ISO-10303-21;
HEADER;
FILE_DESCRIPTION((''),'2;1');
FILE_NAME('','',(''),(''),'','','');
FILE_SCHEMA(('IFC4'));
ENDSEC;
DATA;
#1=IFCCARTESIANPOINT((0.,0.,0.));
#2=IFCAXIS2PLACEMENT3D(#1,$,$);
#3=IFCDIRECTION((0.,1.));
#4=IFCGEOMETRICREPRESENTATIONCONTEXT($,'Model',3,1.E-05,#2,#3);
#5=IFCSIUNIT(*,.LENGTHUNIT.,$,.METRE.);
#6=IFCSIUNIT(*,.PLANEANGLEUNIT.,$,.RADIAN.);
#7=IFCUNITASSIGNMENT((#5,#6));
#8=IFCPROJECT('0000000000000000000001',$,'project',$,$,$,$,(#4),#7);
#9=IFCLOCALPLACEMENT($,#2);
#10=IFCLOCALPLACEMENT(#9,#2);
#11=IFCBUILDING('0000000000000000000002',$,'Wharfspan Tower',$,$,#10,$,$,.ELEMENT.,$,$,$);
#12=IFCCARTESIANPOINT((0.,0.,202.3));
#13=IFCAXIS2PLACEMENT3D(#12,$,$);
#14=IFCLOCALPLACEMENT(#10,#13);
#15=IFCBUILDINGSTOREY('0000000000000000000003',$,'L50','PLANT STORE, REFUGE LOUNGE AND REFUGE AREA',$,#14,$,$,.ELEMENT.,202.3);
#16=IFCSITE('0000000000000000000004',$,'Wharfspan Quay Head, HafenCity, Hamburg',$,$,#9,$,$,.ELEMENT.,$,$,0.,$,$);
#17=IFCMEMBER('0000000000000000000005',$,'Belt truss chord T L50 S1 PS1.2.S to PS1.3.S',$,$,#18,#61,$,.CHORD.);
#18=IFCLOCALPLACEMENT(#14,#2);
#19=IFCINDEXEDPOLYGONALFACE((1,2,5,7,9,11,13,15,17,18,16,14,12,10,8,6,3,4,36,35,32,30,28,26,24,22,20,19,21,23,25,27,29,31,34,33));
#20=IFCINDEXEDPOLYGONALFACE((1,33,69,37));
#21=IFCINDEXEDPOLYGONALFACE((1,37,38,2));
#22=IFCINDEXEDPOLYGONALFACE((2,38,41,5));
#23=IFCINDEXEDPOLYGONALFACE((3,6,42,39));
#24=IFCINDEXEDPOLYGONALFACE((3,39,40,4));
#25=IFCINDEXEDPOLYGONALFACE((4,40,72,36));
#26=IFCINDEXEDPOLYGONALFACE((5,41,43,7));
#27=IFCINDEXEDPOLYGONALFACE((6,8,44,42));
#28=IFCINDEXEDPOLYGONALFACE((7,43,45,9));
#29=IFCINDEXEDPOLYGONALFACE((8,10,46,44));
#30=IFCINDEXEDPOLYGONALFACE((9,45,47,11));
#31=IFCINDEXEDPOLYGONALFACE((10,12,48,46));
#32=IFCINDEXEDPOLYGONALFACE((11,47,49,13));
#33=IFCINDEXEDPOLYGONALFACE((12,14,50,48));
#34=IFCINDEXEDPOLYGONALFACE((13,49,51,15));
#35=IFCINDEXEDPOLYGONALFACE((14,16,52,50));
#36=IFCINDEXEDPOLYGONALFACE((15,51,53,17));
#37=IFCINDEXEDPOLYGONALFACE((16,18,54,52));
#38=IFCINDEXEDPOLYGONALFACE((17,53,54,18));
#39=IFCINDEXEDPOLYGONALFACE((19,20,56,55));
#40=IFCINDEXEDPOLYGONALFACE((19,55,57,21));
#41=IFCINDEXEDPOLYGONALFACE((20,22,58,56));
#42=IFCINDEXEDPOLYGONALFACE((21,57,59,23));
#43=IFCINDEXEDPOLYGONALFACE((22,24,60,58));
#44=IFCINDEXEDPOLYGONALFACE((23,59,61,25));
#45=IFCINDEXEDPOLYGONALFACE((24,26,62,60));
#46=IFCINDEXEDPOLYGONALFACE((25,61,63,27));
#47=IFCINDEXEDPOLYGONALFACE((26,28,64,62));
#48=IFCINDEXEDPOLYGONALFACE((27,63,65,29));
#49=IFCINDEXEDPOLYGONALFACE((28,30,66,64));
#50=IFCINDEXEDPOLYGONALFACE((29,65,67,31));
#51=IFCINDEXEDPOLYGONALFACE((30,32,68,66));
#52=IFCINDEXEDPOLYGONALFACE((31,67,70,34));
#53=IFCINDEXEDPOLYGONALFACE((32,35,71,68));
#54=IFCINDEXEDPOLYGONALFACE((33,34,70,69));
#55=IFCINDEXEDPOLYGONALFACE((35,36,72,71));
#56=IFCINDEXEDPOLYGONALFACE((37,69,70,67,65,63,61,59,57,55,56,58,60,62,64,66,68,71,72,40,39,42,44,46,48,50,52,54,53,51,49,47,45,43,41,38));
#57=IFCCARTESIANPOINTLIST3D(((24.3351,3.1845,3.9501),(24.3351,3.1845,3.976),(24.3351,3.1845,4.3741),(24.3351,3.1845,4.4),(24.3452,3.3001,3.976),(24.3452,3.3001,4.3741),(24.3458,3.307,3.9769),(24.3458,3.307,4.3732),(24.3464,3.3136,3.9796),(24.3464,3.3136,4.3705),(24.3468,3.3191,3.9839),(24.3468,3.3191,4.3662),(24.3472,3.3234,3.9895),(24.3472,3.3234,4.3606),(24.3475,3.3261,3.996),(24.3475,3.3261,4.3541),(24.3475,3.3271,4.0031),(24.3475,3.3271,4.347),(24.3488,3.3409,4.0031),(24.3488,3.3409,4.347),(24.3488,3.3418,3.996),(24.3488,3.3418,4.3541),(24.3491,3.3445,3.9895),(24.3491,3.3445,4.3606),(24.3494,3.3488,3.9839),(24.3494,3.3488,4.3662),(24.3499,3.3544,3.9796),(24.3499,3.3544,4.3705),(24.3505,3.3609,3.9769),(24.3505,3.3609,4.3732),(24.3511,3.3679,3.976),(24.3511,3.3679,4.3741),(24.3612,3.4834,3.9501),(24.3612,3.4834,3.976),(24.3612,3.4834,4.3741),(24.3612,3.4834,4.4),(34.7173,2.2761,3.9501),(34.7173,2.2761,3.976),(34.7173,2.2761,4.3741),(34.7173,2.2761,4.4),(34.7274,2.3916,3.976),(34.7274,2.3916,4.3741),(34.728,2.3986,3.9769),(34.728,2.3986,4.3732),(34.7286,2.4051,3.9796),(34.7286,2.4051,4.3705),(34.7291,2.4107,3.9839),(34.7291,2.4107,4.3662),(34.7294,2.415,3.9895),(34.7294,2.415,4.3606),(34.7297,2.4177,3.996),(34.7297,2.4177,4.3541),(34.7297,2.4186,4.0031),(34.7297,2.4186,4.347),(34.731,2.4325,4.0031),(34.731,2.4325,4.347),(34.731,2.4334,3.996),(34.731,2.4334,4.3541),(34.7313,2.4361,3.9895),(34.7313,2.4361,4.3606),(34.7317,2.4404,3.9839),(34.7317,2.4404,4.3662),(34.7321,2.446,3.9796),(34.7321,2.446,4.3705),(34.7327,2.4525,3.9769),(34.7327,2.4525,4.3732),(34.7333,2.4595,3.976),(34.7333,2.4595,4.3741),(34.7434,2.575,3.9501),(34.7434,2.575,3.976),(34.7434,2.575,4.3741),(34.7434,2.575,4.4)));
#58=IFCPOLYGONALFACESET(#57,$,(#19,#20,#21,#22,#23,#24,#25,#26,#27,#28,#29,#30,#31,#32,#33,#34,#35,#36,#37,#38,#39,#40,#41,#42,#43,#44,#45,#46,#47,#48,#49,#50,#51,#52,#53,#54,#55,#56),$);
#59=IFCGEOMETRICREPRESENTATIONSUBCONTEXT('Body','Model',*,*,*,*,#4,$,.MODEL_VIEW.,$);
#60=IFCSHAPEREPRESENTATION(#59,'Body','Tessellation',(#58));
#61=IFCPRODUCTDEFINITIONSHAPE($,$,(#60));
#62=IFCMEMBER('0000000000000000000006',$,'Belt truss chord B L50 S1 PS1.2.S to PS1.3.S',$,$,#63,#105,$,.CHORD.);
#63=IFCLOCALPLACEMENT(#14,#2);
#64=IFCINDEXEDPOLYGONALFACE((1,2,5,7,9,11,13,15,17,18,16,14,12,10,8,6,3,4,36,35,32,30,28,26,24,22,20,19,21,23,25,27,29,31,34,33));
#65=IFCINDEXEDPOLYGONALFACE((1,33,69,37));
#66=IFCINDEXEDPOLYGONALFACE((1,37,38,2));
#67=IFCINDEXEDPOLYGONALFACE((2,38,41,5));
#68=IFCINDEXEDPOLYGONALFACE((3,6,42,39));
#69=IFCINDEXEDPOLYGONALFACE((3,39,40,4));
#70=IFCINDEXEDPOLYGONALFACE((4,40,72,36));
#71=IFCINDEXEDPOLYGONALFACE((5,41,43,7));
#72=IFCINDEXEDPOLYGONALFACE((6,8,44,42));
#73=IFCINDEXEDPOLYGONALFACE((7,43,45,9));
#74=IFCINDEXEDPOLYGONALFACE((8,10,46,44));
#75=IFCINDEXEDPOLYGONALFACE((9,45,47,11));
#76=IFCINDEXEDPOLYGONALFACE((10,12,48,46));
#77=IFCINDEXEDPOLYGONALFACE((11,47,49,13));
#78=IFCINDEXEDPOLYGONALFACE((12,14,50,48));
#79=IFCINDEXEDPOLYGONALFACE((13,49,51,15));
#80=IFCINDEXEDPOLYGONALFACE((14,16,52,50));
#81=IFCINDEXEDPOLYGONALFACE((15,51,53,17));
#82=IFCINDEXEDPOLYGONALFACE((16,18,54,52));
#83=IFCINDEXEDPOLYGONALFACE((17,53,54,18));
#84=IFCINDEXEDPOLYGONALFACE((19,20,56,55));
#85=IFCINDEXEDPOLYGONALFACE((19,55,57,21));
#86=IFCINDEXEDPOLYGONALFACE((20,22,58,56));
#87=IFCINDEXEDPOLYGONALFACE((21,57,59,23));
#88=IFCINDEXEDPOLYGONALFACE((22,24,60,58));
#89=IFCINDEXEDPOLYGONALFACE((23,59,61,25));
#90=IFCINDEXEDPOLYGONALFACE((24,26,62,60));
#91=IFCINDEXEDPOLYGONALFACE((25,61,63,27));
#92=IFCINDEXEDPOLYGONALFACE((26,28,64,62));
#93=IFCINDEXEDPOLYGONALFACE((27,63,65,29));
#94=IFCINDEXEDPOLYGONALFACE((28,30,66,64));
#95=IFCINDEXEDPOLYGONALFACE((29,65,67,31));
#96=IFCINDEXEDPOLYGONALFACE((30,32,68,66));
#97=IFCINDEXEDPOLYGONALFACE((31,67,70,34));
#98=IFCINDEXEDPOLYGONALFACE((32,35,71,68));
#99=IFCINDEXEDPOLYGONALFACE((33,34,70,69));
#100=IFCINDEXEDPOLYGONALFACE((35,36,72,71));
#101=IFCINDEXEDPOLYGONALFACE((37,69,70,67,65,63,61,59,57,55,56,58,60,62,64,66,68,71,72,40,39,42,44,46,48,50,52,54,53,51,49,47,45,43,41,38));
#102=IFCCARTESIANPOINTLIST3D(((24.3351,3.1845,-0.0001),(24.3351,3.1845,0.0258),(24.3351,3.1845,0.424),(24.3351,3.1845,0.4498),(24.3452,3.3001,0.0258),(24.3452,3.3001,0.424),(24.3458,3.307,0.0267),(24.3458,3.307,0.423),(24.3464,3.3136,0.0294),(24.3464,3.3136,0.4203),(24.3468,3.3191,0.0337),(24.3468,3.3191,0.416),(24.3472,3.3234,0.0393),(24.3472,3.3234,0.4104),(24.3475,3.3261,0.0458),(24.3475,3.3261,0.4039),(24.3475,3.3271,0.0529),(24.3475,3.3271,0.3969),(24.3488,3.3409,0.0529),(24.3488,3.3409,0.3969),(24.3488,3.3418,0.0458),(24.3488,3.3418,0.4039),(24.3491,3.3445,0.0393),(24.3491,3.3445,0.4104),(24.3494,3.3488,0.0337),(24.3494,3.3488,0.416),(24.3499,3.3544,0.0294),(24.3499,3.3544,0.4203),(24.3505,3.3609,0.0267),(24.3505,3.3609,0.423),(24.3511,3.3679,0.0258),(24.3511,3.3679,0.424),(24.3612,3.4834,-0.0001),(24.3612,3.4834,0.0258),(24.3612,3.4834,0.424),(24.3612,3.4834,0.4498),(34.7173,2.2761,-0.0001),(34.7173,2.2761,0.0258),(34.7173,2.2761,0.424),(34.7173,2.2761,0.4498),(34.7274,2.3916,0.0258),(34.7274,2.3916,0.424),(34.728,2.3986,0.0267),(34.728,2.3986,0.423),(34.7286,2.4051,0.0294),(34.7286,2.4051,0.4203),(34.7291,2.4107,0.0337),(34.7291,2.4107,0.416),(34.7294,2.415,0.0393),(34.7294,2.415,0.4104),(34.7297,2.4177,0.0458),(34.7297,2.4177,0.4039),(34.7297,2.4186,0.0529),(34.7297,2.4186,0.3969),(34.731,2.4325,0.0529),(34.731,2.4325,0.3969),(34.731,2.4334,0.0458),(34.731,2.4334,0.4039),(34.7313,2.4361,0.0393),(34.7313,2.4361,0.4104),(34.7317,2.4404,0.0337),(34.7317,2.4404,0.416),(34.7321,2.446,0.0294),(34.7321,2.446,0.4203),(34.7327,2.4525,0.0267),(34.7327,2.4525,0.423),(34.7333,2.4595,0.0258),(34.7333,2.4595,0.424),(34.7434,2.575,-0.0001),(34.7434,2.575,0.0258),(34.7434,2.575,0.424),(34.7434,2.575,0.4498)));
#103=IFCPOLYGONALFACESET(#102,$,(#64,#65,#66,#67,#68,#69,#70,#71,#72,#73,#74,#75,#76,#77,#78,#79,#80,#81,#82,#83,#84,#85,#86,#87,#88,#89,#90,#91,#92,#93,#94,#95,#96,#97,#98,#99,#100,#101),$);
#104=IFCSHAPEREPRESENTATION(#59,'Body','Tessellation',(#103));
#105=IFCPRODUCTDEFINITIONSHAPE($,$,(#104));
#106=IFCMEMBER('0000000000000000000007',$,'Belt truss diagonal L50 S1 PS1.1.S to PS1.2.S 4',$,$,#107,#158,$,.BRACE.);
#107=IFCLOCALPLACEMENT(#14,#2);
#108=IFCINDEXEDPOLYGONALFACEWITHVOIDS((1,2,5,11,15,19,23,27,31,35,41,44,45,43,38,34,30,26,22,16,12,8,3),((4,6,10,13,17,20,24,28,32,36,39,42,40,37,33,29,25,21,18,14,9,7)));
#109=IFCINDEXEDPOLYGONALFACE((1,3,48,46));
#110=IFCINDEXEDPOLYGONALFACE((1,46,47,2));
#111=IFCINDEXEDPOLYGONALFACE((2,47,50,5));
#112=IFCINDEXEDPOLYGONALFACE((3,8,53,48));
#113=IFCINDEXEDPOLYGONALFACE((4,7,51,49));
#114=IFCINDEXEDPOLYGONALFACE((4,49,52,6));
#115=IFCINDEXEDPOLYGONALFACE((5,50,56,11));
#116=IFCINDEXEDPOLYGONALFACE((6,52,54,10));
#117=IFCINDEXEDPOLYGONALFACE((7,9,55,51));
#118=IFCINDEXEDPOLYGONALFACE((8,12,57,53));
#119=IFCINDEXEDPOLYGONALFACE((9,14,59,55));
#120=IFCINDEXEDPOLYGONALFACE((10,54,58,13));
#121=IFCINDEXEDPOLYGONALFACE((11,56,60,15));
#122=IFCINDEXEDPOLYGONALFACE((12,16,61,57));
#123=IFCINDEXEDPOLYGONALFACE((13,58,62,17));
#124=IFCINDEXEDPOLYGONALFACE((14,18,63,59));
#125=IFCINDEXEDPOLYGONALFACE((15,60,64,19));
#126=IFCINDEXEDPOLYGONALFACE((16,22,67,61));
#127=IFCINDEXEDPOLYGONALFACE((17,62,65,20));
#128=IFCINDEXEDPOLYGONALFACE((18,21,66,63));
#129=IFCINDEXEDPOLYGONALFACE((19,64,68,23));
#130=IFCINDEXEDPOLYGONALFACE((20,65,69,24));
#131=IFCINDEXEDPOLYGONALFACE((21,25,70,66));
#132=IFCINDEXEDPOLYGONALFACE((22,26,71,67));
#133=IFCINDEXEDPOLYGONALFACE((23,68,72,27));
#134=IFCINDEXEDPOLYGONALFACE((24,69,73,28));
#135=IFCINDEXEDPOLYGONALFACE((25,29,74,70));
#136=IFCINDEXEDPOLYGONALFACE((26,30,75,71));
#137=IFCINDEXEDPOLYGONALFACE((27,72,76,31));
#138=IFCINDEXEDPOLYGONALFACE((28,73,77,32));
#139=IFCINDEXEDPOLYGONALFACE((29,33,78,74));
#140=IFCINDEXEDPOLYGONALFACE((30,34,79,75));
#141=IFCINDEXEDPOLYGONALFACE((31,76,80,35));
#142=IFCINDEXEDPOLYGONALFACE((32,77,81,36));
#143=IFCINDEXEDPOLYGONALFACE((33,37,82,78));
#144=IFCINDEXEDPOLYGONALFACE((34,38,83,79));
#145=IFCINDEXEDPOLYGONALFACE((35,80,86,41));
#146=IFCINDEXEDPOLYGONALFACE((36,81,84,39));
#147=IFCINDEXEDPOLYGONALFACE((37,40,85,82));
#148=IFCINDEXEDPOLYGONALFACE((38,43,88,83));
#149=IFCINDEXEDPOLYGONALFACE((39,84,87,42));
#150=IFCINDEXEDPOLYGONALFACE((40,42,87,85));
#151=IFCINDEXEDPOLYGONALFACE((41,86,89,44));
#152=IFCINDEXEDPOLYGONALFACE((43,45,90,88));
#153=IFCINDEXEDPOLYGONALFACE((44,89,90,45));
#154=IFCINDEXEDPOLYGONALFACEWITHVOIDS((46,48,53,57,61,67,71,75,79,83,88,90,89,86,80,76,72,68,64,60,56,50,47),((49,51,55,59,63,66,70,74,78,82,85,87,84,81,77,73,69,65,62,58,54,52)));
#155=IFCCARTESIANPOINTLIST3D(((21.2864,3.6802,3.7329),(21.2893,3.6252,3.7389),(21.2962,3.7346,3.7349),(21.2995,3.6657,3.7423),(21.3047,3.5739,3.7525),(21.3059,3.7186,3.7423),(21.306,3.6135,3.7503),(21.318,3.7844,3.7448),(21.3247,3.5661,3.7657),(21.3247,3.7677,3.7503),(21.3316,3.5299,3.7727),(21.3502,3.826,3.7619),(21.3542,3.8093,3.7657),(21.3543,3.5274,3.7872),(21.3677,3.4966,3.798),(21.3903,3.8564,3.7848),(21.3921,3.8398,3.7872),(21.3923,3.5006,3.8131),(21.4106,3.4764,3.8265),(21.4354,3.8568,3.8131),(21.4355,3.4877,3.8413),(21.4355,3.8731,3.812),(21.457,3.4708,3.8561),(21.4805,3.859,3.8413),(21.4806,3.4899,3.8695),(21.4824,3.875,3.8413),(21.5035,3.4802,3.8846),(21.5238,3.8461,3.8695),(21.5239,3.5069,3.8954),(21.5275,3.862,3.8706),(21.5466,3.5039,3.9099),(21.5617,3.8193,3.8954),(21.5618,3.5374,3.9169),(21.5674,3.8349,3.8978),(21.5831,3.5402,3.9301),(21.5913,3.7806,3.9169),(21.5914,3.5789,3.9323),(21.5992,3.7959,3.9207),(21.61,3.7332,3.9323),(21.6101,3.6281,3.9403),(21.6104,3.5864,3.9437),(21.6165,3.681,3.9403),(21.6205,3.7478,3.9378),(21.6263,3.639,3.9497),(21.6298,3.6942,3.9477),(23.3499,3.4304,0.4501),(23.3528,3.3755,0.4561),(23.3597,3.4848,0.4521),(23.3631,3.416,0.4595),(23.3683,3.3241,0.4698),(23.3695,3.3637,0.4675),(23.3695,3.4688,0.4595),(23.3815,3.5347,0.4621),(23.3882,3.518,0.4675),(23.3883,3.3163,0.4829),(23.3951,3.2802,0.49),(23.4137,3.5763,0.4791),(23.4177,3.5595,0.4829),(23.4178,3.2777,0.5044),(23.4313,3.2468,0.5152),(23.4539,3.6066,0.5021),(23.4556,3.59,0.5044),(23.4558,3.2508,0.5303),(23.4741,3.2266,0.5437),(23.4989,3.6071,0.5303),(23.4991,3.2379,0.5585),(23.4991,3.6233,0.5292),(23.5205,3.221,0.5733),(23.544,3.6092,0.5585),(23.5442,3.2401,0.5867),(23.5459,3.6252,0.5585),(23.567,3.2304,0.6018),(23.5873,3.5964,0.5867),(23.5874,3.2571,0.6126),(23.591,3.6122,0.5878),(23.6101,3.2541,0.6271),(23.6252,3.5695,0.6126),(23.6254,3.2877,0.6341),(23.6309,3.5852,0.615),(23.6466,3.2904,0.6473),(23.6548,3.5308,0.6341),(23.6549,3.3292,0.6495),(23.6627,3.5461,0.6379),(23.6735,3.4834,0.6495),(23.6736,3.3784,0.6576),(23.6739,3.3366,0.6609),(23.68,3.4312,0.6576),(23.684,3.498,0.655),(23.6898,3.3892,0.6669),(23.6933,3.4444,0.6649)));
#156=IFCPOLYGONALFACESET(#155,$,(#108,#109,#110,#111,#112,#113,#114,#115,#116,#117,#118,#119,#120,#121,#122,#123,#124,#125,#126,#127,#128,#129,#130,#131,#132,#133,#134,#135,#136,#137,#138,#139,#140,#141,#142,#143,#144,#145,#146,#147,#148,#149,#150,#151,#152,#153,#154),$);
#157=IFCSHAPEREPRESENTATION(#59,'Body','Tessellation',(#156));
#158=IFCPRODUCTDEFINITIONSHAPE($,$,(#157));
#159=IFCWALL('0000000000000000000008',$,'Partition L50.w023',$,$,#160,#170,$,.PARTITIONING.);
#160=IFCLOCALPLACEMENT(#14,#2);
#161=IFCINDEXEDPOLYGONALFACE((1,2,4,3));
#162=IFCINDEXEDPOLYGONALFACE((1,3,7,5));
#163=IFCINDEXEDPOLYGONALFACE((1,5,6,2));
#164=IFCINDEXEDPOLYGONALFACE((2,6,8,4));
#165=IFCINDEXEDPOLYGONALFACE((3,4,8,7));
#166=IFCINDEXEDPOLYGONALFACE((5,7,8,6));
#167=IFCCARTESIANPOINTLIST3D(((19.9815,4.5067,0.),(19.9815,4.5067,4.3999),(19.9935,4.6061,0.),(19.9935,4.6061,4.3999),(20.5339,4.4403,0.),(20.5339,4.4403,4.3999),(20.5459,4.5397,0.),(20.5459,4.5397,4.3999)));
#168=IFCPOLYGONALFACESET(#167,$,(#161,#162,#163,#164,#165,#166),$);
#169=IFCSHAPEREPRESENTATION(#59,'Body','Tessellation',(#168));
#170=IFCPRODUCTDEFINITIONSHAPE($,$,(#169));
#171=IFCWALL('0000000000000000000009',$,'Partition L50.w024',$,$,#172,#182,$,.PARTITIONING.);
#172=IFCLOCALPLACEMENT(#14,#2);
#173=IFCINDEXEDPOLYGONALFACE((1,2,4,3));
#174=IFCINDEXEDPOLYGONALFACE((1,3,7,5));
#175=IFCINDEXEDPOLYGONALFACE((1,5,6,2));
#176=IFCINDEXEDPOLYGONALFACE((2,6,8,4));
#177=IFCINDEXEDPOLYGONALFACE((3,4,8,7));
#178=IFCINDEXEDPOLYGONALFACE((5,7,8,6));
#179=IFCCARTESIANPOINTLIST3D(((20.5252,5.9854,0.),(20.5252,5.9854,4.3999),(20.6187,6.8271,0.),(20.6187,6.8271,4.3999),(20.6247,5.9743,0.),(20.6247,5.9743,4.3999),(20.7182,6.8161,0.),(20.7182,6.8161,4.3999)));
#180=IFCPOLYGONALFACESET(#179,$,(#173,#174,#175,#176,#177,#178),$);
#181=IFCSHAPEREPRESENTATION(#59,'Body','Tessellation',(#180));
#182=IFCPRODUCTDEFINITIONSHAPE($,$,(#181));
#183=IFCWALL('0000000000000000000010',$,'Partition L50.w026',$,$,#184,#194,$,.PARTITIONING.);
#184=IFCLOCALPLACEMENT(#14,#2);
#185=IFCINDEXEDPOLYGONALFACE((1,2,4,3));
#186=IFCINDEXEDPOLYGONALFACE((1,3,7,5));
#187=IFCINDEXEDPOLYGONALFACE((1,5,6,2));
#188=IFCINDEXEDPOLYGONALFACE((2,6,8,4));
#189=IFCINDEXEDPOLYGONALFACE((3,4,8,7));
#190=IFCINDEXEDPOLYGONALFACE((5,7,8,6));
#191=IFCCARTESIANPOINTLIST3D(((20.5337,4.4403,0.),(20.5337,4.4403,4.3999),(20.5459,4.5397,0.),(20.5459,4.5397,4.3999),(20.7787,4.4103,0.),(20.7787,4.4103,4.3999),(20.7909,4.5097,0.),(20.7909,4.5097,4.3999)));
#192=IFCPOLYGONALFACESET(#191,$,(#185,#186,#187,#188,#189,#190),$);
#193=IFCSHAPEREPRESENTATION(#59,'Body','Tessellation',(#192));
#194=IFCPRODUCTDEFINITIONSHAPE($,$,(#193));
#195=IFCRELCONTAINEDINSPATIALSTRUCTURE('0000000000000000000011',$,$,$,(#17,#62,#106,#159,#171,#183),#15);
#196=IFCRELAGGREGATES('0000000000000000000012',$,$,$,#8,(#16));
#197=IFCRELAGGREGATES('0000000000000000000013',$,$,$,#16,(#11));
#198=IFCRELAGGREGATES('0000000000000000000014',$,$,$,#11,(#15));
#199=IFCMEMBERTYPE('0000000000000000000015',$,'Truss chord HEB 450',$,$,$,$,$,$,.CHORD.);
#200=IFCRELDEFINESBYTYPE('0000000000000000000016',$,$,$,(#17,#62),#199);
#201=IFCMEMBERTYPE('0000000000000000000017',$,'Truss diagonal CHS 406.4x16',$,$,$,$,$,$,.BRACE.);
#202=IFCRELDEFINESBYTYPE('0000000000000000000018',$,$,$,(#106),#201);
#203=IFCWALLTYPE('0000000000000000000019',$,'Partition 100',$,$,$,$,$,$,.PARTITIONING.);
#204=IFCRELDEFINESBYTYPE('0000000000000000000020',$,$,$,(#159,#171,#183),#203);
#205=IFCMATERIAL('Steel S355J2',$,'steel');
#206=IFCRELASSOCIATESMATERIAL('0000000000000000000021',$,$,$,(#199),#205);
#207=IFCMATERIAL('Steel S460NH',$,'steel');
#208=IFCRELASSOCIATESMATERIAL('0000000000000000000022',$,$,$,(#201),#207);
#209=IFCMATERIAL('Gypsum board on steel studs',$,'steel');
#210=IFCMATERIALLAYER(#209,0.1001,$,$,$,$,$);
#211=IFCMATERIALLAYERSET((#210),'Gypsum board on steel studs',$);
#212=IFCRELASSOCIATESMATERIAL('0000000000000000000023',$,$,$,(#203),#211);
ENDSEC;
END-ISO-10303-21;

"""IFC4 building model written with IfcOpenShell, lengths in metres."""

from ifc_helpers import new_model, si_unit, direction, frame, frame_2d, origin, origin_2d, place, context, subcontext, project, spatial, rectangle, hollow_circle, i_section, extrude, material, layer, layer_set, material_profile, profile_set, type_object, element, save


model = new_model("IFC4")

# Units and contexts
model_context = context("Model", 3, precision=1e-05, world=origin(), true_north=direction((0.0, 1.0)))
body_context = subcontext(model_context, "Body", "Model", "MODEL_VIEW")
ifc_project = project(units=[si_unit("LENGTHUNIT", "METRE"), si_unit("PLANEANGLEUNIT", "RADIAN")], contexts=[model_context])

# Site, building, storey
site_placement = place(None, origin())
site = spatial("IfcSite", under=ifc_project, at=site_placement, Name="Wharfspan Quay Head, HafenCity, Hamburg", CompositionType="ELEMENT", RefElevation=0.0)
building_placement = place(site_placement, origin())
building = spatial("IfcBuilding", under=site, at=building_placement, Name="Wharfspan Tower", CompositionType="ELEMENT")
storey_placement = place(building_placement, frame((0.0, 0.0, 202.3)))
storey = spatial("IfcBuildingStorey", under=building, at=storey_placement, Name="L50", Description="PLANT STORE, REFUGE LOUNGE AND REFUGE AREA", CompositionType="ELEMENT", Elevation=202.3)

# Shared definitions
ifc_material_1 = material(Name="Steel S355J2", Category="steel")

# Members
ifc_material_2 = material(Name="Steel S460NH", Category="steel")
ifc_material_profile_1 = material_profile(ifc_material_1, i_section(OverallWidth=0.3, OverallDepth=0.45, WebThickness=0.0139, FlangeThickness=0.0259, FilletRadius=0.0271, at=origin_2d()))
ifc_profile_set_1 = profile_set([ifc_material_profile_1], Name="Steel S355J2")
member_type_1 = type_object("IfcMemberType", Name="Truss chord HEB 450", PredefinedType="CHORD", material=ifc_profile_set_1)
for number, where, z_axis, x_axis, name in (
    (1, (24.3481, 3.334, 4.175), (0.996194, -0.087166, 0.0), (0.087166, 0.996194, 0.0), "Belt truss chord T L50 S1 PS1.2.S to PS1.3.S"),
    (2, (24.3481, 3.334, 0.2249), (0.996194, -0.087166, 0.0), (0.087166, 0.996194, 0.0), "Belt truss chord B L50 S1 PS1.2.S to PS1.3.S"),
):
    element("IfcMember", number, at=place(storey_placement, frame(where, z_axis=z_axis, x_axis=x_axis)), inside=storey, type_object=member_type_1, Name=name, PredefinedType="CHORD", context=body_context, shape_type="SweptSolid", body=[
        extrude(i_section(OverallWidth=0.3, OverallDepth=0.45, WebThickness=0.0139, FlangeThickness=0.0259, FilletRadius=0.0271, at=origin_2d()), origin(), (0.0, 0.0, 1.0), 10.4219),
    ])
ifc_material_profile_2 = material_profile(ifc_material_2, hollow_circle(Radius=0.2031, WallThickness=0.0161, at=origin_2d()))
ifc_profile_set_2 = profile_set([ifc_material_profile_2], Name="Steel S460NH")
member_type_2 = type_object("IfcMemberType", Name="Truss diagonal CHS 406.4x16", PredefinedType="BRACE", material=ifc_profile_set_2)
member_1_placement = place(storey_placement, frame((21.458, 3.6733, 3.8413), z_axis=(0.531081, -0.06428, -0.844879), x_axis=(0.120159, 0.992753, 0.0)))
element("IfcMember", 3, at=member_1_placement, inside=storey, type_object=member_type_2, Name="Belt truss diagonal L50 S1 PS1.1.S to PS1.2.S 4", PredefinedType="BRACE", context=body_context, shape_type="SweptSolid", body=[
    extrude(hollow_circle(Radius=0.2031, WallThickness=0.0161, at=origin_2d()), origin(), (0.0, 0.0, 1.0), 3.8855),
])

# Walls
ifc_material_3 = material(Name="Gypsum board on steel studs", Category="steel")
ifc_layer_1 = layer(ifc_material_3, 0.1001)
ifc_layer_set_1 = layer_set([ifc_layer_1], Name="Gypsum board on steel studs")
wall_type_1 = type_object("IfcWallType", Name="Partition 100", PredefinedType="PARTITIONING", material=ifc_layer_set_1)
wall_1_placement = place(storey_placement, frame((20.54, 4.49, 0.0), z_axis=(0.0, 0.0, 1.0), x_axis=(-0.992858, 0.119336, 0.0)))
element("IfcWall", 4, at=wall_1_placement, inside=storey, type_object=wall_type_1, Name="Partition L50.w023", PredefinedType="PARTITIONING", context=body_context, shape_type="SweptSolid", body=[
    extrude(rectangle(XDim=0.5564, YDim=0.1001, at=frame_2d((0.2783, 0.0))), origin(), (0.0, 0.0, 1.0), 4.3999),
])
wall_2_placement = place(storey_placement, frame((20.575, 5.98, 0.0), z_axis=(0.0, 0.0, 1.0), x_axis=(0.1104, 0.993888, 0.0)))
element("IfcWall", 5, at=wall_2_placement, inside=storey, type_object=wall_type_1, Name="Partition L50.w024", PredefinedType="PARTITIONING", context=body_context, shape_type="SweptSolid", body=[
    extrude(rectangle(XDim=0.8469, YDim=0.1001, at=frame_2d((0.4233, 0.0))), origin(), (0.0, 0.0, 1.0), 4.3999),
])
wall_3_placement = place(storey_placement, frame((20.7849, 4.46, 0.0), z_axis=(0.0, 0.0, 1.0), x_axis=(-0.992562, 0.12172, 0.0)))
element("IfcWall", 6, at=wall_3_placement, inside=storey, type_object=wall_type_1, Name="Partition L50.w026", PredefinedType="PARTITIONING", context=body_context, shape_type="SweptSolid", body=[
    extrude(rectangle(XDim=0.2468, YDim=0.1001, at=frame_2d((0.1235, 0.0))), origin(), (0.0, 0.0, 1.0), 4.3999),
])

save(model, "model.ifc")
